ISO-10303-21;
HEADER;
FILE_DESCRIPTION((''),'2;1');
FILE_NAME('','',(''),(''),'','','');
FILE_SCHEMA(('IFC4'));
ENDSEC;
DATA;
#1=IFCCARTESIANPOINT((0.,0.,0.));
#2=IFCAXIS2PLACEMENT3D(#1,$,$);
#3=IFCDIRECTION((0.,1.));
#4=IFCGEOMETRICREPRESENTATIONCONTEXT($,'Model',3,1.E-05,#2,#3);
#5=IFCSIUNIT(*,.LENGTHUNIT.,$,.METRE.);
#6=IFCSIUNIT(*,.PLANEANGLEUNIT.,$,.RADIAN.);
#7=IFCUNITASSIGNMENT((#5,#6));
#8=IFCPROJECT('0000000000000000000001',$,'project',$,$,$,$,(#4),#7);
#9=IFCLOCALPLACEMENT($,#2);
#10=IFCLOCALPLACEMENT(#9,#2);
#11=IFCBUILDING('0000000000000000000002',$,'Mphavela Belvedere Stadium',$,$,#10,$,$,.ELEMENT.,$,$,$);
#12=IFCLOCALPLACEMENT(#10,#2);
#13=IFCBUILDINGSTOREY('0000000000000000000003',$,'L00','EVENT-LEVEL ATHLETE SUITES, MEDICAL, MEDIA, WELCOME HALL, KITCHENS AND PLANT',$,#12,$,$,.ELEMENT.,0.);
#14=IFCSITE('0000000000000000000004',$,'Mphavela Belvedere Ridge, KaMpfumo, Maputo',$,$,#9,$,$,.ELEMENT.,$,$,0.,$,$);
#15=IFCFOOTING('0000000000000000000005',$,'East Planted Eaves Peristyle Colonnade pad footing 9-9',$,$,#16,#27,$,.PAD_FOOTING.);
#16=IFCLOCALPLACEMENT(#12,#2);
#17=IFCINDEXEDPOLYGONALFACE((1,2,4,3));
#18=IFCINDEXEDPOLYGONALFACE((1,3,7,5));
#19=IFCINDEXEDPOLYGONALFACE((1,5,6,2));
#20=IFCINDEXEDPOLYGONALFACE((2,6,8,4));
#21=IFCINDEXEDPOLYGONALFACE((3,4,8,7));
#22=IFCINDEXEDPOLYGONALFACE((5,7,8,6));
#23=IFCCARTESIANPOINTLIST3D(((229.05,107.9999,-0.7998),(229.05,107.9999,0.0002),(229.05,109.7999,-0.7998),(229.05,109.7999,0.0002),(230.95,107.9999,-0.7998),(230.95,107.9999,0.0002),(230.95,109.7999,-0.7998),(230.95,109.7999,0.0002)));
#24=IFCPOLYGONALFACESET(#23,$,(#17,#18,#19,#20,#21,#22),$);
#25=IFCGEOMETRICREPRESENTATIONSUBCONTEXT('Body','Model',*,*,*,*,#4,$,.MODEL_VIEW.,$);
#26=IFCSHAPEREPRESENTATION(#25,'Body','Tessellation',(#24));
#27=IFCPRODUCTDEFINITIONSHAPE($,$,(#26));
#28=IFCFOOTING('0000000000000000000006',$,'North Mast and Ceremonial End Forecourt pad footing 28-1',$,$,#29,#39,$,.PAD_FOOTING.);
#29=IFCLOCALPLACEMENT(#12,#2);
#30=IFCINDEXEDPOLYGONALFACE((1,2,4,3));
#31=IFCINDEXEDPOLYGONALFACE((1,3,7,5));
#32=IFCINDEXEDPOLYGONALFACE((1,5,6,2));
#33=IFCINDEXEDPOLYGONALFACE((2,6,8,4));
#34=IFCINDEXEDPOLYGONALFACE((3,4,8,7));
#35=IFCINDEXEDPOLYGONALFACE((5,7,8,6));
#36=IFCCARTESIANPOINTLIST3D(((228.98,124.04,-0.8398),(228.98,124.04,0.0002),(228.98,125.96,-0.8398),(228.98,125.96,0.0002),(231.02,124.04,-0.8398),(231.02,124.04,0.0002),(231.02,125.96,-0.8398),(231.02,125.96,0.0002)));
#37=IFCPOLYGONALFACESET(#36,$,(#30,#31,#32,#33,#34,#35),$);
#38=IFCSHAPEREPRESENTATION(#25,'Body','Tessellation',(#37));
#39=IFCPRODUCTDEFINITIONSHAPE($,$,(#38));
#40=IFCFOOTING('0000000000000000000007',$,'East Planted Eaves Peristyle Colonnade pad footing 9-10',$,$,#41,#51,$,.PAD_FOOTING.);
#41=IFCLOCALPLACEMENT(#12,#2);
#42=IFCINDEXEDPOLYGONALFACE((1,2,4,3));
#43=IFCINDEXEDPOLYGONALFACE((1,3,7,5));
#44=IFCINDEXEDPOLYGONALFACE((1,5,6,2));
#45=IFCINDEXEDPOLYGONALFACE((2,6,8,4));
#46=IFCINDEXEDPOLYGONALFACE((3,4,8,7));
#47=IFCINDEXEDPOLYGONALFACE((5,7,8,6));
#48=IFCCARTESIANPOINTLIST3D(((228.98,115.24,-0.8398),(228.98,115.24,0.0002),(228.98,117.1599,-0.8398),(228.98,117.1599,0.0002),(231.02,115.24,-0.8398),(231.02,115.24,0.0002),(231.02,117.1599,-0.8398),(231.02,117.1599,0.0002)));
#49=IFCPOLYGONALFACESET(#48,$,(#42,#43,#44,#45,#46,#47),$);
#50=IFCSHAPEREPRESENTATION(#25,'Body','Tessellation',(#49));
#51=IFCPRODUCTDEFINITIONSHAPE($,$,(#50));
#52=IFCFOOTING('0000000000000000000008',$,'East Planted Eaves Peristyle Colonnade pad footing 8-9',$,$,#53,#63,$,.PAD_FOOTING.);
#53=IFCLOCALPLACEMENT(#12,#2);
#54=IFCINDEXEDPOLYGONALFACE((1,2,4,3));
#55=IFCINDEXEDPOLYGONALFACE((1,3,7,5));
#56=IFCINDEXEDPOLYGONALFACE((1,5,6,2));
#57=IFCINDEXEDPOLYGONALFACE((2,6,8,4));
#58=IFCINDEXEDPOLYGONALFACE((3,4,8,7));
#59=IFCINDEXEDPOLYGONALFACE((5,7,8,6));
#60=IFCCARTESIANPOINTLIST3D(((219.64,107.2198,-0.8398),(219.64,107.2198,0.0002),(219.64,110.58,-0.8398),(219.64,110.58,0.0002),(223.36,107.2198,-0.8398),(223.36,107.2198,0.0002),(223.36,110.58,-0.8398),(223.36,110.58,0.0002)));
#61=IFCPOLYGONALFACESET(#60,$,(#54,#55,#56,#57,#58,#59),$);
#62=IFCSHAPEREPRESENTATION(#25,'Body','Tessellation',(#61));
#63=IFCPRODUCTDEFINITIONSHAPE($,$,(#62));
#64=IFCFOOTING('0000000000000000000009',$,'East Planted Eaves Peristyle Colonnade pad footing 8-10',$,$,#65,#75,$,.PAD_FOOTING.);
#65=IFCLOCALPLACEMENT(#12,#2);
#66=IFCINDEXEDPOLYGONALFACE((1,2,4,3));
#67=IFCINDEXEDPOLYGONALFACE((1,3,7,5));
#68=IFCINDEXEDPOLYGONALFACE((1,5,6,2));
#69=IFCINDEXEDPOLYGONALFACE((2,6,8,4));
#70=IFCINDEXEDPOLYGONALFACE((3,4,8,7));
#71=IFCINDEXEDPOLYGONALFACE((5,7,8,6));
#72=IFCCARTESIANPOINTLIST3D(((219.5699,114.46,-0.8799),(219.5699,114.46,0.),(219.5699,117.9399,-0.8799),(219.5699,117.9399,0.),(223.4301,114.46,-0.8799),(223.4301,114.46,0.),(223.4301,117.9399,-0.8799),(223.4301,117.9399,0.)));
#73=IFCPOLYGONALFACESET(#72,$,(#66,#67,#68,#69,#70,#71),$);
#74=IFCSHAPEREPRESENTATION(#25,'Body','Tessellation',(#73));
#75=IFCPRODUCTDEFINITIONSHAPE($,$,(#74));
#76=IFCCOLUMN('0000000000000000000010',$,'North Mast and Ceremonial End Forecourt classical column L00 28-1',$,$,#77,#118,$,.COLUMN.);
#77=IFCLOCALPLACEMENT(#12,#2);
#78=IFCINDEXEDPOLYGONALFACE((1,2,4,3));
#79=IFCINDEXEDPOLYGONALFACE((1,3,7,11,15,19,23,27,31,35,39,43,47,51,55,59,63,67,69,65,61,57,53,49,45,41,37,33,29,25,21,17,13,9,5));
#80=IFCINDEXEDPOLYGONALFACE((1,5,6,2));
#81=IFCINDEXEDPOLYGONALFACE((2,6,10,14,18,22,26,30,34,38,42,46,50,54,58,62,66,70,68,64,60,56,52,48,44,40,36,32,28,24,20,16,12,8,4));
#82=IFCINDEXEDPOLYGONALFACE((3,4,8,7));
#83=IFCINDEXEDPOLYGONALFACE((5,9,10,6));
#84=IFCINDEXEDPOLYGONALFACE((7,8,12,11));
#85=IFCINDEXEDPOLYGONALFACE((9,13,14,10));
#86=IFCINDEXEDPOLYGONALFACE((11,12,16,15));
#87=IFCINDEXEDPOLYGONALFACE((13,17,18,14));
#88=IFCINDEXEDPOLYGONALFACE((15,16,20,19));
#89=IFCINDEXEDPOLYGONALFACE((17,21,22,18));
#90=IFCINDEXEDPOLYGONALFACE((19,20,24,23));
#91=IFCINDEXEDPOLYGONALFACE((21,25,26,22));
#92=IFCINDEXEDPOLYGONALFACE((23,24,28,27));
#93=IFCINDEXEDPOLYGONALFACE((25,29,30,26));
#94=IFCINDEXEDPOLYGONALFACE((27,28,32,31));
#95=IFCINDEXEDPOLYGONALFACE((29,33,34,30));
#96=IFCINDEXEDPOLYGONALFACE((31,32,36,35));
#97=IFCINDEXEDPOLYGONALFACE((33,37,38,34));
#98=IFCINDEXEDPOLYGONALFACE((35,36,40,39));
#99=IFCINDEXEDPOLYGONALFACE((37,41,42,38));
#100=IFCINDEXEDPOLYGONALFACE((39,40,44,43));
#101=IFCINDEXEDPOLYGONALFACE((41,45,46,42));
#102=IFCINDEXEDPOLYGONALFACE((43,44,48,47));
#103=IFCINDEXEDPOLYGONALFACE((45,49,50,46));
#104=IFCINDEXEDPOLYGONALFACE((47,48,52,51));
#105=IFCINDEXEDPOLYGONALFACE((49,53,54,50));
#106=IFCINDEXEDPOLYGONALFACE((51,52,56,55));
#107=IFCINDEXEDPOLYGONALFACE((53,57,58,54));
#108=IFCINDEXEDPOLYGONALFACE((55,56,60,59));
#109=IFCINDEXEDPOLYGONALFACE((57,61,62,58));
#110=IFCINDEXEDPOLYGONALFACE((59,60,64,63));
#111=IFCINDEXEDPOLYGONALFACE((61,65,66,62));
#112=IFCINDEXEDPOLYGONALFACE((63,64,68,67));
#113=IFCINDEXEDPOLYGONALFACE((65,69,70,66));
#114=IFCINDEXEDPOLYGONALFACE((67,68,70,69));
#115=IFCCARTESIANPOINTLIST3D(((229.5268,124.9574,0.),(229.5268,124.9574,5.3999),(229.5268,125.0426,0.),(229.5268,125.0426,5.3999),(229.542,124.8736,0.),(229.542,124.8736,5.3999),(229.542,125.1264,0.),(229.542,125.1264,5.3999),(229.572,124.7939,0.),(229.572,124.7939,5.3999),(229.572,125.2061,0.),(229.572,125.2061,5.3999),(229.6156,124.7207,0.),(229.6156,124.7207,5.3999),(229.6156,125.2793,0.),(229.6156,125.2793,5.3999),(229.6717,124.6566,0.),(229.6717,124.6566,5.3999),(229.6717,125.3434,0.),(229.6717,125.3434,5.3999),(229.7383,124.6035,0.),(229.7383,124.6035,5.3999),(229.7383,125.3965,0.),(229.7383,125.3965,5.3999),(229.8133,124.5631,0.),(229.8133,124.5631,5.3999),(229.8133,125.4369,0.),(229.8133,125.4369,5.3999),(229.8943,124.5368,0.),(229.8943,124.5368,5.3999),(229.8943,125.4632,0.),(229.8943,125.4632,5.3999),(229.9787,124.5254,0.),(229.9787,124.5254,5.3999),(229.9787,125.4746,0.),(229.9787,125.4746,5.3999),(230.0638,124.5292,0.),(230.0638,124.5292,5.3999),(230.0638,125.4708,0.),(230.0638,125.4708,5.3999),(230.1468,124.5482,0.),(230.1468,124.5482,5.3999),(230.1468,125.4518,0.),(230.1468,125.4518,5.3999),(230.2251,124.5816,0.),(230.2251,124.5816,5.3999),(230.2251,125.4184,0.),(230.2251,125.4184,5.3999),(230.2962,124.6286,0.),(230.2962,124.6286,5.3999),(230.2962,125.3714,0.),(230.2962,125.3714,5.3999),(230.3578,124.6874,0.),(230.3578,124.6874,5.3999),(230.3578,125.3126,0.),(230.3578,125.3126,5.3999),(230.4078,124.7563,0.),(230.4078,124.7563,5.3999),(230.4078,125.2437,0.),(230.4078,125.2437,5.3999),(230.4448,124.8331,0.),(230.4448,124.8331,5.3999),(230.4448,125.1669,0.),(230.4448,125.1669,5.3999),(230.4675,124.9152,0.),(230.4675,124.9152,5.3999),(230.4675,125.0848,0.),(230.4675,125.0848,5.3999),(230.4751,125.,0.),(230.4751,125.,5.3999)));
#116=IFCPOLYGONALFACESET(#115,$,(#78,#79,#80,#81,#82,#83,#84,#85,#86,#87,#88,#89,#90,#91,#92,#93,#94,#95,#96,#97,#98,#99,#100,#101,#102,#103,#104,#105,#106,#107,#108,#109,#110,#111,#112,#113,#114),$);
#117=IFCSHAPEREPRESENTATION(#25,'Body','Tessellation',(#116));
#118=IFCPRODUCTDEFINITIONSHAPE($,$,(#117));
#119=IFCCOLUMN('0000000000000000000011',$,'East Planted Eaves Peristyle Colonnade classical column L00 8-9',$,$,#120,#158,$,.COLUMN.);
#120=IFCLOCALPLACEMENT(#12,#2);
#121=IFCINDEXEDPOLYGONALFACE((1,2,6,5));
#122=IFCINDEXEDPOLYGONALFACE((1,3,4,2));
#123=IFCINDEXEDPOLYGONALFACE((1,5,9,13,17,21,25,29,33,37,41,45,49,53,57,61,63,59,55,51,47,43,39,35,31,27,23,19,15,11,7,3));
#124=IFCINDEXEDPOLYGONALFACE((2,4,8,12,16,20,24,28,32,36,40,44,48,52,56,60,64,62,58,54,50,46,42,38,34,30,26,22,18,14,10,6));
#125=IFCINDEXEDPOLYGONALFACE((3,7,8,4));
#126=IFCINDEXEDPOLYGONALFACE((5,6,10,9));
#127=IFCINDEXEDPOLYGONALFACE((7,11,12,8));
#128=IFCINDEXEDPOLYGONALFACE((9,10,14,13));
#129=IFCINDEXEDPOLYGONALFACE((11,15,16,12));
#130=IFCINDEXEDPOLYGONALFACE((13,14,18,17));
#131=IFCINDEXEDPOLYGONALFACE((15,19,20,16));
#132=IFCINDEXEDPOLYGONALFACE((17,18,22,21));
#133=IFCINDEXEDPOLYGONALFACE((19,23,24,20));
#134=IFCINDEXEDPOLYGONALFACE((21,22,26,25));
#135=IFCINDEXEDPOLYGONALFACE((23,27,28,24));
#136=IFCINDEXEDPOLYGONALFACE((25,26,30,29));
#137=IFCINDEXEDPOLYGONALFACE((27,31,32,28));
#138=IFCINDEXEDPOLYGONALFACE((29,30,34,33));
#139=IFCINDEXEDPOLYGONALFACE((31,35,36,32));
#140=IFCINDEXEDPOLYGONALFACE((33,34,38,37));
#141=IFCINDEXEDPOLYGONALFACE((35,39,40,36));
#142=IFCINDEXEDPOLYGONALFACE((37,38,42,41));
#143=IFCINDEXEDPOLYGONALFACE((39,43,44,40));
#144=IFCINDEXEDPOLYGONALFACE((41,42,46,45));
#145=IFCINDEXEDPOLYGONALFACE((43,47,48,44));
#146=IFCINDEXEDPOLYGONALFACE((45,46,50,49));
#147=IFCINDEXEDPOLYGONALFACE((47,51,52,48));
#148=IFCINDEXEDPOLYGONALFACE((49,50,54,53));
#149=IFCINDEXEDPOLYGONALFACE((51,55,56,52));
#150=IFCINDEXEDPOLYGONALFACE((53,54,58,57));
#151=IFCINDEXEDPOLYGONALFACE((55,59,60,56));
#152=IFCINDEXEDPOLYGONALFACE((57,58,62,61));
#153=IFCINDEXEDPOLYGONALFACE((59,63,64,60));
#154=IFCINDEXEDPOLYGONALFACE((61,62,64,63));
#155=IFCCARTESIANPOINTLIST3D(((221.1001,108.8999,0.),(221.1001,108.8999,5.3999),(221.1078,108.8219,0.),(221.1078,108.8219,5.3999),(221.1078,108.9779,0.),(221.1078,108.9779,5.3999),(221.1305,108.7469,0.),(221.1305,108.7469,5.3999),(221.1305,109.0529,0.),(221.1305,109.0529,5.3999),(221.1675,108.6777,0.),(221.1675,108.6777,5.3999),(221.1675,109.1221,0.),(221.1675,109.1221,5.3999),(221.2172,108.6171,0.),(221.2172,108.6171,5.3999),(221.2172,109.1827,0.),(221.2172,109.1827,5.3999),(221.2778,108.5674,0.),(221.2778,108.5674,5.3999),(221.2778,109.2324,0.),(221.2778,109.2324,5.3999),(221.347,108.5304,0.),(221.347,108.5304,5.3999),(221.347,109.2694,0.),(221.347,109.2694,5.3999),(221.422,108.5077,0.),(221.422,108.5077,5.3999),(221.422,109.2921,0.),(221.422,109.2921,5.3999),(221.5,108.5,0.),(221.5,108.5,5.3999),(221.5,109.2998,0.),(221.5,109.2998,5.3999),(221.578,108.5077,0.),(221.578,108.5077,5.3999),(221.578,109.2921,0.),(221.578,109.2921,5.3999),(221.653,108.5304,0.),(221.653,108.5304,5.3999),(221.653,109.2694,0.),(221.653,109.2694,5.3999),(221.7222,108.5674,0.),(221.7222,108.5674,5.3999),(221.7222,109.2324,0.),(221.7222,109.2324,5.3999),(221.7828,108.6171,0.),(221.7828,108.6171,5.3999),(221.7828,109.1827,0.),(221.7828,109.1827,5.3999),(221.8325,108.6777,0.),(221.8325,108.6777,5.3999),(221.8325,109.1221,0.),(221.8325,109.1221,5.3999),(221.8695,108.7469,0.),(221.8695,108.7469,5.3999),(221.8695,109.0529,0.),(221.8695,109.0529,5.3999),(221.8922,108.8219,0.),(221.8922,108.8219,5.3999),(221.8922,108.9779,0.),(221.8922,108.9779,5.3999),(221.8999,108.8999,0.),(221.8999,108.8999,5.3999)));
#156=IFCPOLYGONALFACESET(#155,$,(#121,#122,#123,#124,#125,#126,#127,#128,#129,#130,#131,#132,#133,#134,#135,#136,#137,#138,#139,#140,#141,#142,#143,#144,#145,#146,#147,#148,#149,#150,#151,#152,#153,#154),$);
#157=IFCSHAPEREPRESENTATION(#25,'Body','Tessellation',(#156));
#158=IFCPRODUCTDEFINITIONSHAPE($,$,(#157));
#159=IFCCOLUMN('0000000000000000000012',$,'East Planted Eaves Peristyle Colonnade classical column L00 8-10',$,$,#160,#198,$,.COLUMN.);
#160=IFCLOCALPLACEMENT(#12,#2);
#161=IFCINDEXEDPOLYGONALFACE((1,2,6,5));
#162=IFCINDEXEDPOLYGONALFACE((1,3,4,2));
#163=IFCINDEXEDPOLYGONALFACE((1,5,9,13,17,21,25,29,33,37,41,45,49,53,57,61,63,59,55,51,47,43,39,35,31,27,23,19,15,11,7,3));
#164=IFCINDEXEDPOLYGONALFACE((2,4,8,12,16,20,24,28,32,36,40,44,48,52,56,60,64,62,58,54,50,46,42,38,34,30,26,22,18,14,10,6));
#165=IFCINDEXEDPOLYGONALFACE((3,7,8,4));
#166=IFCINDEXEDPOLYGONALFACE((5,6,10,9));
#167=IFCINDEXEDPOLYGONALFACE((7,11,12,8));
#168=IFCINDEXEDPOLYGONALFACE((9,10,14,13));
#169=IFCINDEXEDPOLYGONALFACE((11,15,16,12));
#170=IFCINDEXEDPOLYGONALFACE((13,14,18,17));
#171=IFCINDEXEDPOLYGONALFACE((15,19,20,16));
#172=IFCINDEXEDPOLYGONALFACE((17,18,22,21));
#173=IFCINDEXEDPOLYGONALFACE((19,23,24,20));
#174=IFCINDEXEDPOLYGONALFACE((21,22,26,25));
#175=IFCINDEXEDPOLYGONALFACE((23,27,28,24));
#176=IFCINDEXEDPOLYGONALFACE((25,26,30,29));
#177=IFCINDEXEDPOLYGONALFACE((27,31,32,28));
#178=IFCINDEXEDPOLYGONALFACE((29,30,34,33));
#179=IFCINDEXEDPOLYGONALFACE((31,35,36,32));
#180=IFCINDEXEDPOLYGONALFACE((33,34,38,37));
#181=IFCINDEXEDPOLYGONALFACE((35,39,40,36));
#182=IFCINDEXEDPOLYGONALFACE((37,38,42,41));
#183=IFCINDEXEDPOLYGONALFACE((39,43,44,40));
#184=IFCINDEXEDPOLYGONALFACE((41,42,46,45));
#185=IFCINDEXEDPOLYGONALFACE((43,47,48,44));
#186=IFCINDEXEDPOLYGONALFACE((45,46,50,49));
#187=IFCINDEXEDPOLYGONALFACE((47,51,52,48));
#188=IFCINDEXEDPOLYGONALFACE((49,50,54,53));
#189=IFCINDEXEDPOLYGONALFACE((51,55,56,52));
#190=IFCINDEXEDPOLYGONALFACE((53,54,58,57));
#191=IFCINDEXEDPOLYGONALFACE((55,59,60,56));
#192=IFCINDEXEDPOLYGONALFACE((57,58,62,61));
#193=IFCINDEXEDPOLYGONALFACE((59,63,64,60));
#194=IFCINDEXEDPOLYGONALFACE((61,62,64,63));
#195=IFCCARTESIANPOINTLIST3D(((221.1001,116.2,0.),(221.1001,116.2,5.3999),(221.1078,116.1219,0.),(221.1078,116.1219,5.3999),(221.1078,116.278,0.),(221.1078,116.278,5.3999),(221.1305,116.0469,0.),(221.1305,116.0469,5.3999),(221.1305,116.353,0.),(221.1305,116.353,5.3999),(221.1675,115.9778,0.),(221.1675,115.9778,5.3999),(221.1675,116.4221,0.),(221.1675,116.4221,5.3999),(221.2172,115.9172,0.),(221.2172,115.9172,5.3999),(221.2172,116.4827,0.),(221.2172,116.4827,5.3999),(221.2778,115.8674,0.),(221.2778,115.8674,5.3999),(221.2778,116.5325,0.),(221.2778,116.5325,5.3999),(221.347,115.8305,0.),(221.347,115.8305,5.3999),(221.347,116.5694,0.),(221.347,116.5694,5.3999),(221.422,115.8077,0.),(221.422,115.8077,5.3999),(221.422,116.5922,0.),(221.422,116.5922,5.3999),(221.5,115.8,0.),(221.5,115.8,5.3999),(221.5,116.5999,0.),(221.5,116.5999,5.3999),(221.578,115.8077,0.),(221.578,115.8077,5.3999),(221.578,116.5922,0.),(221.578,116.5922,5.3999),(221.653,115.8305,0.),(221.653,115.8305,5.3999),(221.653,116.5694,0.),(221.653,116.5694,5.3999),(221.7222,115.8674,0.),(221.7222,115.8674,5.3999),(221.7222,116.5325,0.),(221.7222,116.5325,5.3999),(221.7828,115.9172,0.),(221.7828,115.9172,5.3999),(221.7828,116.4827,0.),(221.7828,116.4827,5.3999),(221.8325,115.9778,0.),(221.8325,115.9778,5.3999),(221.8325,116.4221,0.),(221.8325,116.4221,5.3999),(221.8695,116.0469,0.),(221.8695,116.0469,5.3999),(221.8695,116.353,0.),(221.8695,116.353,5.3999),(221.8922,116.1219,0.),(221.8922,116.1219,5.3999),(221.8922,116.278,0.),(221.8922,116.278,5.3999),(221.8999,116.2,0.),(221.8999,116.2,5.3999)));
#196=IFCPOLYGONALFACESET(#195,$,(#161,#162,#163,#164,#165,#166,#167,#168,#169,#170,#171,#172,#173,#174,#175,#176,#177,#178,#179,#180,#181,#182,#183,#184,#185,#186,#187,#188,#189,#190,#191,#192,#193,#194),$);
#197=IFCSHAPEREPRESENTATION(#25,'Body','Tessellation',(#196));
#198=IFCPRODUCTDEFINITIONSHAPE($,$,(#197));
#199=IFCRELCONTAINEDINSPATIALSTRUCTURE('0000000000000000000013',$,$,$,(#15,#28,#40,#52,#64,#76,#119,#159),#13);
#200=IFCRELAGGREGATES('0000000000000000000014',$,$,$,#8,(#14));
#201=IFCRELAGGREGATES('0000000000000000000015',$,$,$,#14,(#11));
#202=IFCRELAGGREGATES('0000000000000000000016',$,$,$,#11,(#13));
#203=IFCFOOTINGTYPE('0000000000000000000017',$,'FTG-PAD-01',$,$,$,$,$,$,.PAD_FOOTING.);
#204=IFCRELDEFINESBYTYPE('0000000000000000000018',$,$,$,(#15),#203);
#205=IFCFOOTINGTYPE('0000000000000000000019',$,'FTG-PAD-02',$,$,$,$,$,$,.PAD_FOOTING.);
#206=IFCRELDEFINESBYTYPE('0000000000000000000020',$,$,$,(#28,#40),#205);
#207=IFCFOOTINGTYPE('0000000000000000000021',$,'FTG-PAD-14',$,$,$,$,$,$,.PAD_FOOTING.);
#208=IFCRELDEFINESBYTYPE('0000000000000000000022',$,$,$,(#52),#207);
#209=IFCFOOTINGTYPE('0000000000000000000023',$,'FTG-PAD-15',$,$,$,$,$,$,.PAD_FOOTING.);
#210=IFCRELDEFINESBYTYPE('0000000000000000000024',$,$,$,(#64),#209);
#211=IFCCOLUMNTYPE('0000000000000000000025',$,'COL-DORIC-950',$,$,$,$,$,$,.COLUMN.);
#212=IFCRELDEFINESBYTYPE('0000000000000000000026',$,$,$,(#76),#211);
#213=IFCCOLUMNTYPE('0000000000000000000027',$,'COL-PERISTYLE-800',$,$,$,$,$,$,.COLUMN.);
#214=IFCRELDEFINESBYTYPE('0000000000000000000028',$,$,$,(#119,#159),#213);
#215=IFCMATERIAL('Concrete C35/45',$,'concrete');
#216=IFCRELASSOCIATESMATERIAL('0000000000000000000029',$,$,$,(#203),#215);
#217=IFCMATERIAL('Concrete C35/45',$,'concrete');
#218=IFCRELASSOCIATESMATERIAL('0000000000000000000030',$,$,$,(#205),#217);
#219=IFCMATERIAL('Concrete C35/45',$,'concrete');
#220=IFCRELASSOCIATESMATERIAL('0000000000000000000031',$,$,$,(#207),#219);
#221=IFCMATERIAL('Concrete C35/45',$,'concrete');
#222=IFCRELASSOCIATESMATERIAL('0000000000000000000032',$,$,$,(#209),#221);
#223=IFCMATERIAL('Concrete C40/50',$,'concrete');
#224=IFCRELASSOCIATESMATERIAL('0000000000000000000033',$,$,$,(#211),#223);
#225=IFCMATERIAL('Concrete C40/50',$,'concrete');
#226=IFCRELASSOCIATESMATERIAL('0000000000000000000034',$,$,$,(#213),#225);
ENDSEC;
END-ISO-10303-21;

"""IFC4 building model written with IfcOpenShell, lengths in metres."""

from ifc_helpers import new_model, si_unit, direction, frame, origin, origin_2d, place, context, subcontext, project, spatial, rectangle, circle, extrude, material, material_profile, profile_set, type_object, element, save


model = new_model("IFC4")

# Units and contexts
model_context = context("Model", 3, precision=1e-05, world=origin(), true_north=direction((0.0, 1.0)))
body_context = subcontext(model_context, "Body", "Model", "MODEL_VIEW")
ifc_project = project(units=[si_unit("LENGTHUNIT", "METRE"), si_unit("PLANEANGLEUNIT", "RADIAN")], contexts=[model_context])

# Site, building, storey
site_placement = place(None, origin())
site = spatial("IfcSite", under=ifc_project, at=site_placement, Name="Mphavela Belvedere Ridge, KaMpfumo, Maputo", CompositionType="ELEMENT", RefElevation=0.0)
building_placement = place(site_placement, origin())
building = spatial("IfcBuilding", under=site, at=building_placement, Name="Mphavela Belvedere Stadium", CompositionType="ELEMENT")
storey_placement = place(building_placement, origin())
storey = spatial("IfcBuildingStorey", under=building, at=storey_placement, Name="L00", Description="EVENT-LEVEL ATHLETE SUITES, MEDICAL, MEDIA, WELCOME HALL, KITCHENS AND PLANT", CompositionType="ELEMENT", Elevation=0.0)

# Footings
ifc_material_1 = material(Name="Concrete C35/45", Category="concrete")
footing_type_1 = type_object("IfcFootingType", Name="FTG-PAD-01", PredefinedType="PAD_FOOTING", material=ifc_material_1)
footing_1_placement = place(storey_placement, frame((230.0, 108.8999, -0.7998), z_axis=(0.0, 0.0, 1.0), x_axis=(1.0, 0.0, 0.0)))
element("IfcFooting", 1, at=footing_1_placement, inside=storey, type_object=footing_type_1, Name="East Planted Eaves Peristyle Colonnade pad footing 9-9", PredefinedType="PAD_FOOTING", context=body_context, shape_type="SweptSolid", body=[
    extrude(rectangle(XDim=1.8999, YDim=1.8, at=origin_2d()), origin(), (0.0, 0.0, 1.0), 0.8),
])
ifc_material_2 = material(Name="Concrete C35/45", Category="concrete")
footing_type_2 = type_object("IfcFootingType", Name="FTG-PAD-02", PredefinedType="PAD_FOOTING", material=ifc_material_2)
for number, where, z_axis, x_axis, name in (
    (2, (230.0, 125.0, -0.8398), (0.0, 0.0, 1.0), (1.0, 0.0, 0.0), "North Mast and Ceremonial End Forecourt pad footing 28-1"),
    (3, (230.0, 116.2, -0.8398), (0.0, 0.0, 1.0), (1.0, 0.0, 0.0), "East Planted Eaves Peristyle Colonnade pad footing 9-10"),
):
    element("IfcFooting", number, at=place(storey_placement, frame(where, z_axis=z_axis, x_axis=x_axis)), inside=storey, type_object=footing_type_2, Name=name, PredefinedType="PAD_FOOTING", context=body_context, shape_type="SweptSolid", body=[
        extrude(rectangle(XDim=2.04, YDim=1.9199, at=origin_2d()), origin(), (0.0, 0.0, 1.0), 0.8401),
    ])
ifc_material_3 = material(Name="Concrete C35/45", Category="concrete")
footing_type_3 = type_object("IfcFootingType", Name="FTG-PAD-14", PredefinedType="PAD_FOOTING", material=ifc_material_3)
footing_2_placement = place(storey_placement, frame((221.5, 108.8999, -0.8398), z_axis=(0.0, 0.0, 1.0), x_axis=(1.0, 0.0, 0.0)))
element("IfcFooting", 4, at=footing_2_placement, inside=storey, type_object=footing_type_3, Name="East Planted Eaves Peristyle Colonnade pad footing 8-9", PredefinedType="PAD_FOOTING", context=body_context, shape_type="SweptSolid", body=[
    extrude(rectangle(XDim=3.72, YDim=3.3601, at=origin_2d()), origin(), (0.0, 0.0, 1.0), 0.8401),
])
ifc_material_4 = material(Name="Concrete C35/45", Category="concrete")
footing_type_4 = type_object("IfcFootingType", Name="FTG-PAD-15", PredefinedType="PAD_FOOTING", material=ifc_material_4)
footing_3_placement = place(storey_placement, frame((221.5, 116.2, -0.8799), z_axis=(0.0, 0.0, 1.0), x_axis=(1.0, 0.0, 0.0)))
element("IfcFooting", 5, at=footing_3_placement, inside=storey, type_object=footing_type_4, Name="East Planted Eaves Peristyle Colonnade pad footing 8-10", PredefinedType="PAD_FOOTING", context=body_context, shape_type="SweptSolid", body=[
    extrude(rectangle(XDim=3.8601, YDim=3.48, at=origin_2d()), origin(), (0.0, 0.0, 1.0), 0.8799),
])

# Columns
ifc_material_5 = material(Name="Concrete C40/50", Category="concrete")
ifc_material_profile_1 = material_profile(ifc_material_5, circle(Radius=0.4751, at=origin_2d()), Name="COL D950")
ifc_profile_set_1 = profile_set([ifc_material_profile_1], Name="Concrete C40/50")
column_type_1 = type_object("IfcColumnType", Name="COL-DORIC-950", PredefinedType="COLUMN", material=ifc_profile_set_1)
column_placement = place(storey_placement, frame((230.0, 125.0, 0.0), z_axis=(0.0, 0.0, 1.0), x_axis=(1.0, 0.0, 0.0)))
element("IfcColumn", 6, at=column_placement, inside=storey, type_object=column_type_1, Name="North Mast and Ceremonial End Forecourt classical column L00 28-1", PredefinedType="COLUMN", context=body_context, shape_type="SweptSolid", body=[
    extrude(circle(Radius=0.4751, at=origin_2d()), origin(), (0.0, 0.0, 1.0), 5.3999),
])
ifc_material_6 = material(Name="Concrete C40/50", Category="concrete")
ifc_material_profile_2 = material_profile(ifc_material_6, circle(Radius=0.3999, at=origin_2d()), Name="COL D800")
ifc_profile_set_2 = profile_set([ifc_material_profile_2], Name="Concrete C40/50")
column_type_2 = type_object("IfcColumnType", Name="COL-PERISTYLE-800", PredefinedType="COLUMN", material=ifc_profile_set_2)
for number, where, z_axis, x_axis, name in (
    (7, (221.5, 108.8999, 0.0), (0.0, 0.0, 1.0), (1.0, 0.0, 0.0), "East Planted Eaves Peristyle Colonnade classical column L00 8-9"),
    (8, (221.5, 116.2, 0.0), (0.0, 0.0, 1.0), (1.0, 0.0, 0.0), "East Planted Eaves Peristyle Colonnade classical column L00 8-10"),
):
    element("IfcColumn", number, at=place(storey_placement, frame(where, z_axis=z_axis, x_axis=x_axis)), inside=storey, type_object=column_type_2, Name=name, PredefinedType="COLUMN", context=body_context, shape_type="SweptSolid", body=[
        extrude(circle(Radius=0.3999, at=origin_2d()), origin(), (0.0, 0.0, 1.0), 5.3999),
    ])

save(model, "model.ifc")
